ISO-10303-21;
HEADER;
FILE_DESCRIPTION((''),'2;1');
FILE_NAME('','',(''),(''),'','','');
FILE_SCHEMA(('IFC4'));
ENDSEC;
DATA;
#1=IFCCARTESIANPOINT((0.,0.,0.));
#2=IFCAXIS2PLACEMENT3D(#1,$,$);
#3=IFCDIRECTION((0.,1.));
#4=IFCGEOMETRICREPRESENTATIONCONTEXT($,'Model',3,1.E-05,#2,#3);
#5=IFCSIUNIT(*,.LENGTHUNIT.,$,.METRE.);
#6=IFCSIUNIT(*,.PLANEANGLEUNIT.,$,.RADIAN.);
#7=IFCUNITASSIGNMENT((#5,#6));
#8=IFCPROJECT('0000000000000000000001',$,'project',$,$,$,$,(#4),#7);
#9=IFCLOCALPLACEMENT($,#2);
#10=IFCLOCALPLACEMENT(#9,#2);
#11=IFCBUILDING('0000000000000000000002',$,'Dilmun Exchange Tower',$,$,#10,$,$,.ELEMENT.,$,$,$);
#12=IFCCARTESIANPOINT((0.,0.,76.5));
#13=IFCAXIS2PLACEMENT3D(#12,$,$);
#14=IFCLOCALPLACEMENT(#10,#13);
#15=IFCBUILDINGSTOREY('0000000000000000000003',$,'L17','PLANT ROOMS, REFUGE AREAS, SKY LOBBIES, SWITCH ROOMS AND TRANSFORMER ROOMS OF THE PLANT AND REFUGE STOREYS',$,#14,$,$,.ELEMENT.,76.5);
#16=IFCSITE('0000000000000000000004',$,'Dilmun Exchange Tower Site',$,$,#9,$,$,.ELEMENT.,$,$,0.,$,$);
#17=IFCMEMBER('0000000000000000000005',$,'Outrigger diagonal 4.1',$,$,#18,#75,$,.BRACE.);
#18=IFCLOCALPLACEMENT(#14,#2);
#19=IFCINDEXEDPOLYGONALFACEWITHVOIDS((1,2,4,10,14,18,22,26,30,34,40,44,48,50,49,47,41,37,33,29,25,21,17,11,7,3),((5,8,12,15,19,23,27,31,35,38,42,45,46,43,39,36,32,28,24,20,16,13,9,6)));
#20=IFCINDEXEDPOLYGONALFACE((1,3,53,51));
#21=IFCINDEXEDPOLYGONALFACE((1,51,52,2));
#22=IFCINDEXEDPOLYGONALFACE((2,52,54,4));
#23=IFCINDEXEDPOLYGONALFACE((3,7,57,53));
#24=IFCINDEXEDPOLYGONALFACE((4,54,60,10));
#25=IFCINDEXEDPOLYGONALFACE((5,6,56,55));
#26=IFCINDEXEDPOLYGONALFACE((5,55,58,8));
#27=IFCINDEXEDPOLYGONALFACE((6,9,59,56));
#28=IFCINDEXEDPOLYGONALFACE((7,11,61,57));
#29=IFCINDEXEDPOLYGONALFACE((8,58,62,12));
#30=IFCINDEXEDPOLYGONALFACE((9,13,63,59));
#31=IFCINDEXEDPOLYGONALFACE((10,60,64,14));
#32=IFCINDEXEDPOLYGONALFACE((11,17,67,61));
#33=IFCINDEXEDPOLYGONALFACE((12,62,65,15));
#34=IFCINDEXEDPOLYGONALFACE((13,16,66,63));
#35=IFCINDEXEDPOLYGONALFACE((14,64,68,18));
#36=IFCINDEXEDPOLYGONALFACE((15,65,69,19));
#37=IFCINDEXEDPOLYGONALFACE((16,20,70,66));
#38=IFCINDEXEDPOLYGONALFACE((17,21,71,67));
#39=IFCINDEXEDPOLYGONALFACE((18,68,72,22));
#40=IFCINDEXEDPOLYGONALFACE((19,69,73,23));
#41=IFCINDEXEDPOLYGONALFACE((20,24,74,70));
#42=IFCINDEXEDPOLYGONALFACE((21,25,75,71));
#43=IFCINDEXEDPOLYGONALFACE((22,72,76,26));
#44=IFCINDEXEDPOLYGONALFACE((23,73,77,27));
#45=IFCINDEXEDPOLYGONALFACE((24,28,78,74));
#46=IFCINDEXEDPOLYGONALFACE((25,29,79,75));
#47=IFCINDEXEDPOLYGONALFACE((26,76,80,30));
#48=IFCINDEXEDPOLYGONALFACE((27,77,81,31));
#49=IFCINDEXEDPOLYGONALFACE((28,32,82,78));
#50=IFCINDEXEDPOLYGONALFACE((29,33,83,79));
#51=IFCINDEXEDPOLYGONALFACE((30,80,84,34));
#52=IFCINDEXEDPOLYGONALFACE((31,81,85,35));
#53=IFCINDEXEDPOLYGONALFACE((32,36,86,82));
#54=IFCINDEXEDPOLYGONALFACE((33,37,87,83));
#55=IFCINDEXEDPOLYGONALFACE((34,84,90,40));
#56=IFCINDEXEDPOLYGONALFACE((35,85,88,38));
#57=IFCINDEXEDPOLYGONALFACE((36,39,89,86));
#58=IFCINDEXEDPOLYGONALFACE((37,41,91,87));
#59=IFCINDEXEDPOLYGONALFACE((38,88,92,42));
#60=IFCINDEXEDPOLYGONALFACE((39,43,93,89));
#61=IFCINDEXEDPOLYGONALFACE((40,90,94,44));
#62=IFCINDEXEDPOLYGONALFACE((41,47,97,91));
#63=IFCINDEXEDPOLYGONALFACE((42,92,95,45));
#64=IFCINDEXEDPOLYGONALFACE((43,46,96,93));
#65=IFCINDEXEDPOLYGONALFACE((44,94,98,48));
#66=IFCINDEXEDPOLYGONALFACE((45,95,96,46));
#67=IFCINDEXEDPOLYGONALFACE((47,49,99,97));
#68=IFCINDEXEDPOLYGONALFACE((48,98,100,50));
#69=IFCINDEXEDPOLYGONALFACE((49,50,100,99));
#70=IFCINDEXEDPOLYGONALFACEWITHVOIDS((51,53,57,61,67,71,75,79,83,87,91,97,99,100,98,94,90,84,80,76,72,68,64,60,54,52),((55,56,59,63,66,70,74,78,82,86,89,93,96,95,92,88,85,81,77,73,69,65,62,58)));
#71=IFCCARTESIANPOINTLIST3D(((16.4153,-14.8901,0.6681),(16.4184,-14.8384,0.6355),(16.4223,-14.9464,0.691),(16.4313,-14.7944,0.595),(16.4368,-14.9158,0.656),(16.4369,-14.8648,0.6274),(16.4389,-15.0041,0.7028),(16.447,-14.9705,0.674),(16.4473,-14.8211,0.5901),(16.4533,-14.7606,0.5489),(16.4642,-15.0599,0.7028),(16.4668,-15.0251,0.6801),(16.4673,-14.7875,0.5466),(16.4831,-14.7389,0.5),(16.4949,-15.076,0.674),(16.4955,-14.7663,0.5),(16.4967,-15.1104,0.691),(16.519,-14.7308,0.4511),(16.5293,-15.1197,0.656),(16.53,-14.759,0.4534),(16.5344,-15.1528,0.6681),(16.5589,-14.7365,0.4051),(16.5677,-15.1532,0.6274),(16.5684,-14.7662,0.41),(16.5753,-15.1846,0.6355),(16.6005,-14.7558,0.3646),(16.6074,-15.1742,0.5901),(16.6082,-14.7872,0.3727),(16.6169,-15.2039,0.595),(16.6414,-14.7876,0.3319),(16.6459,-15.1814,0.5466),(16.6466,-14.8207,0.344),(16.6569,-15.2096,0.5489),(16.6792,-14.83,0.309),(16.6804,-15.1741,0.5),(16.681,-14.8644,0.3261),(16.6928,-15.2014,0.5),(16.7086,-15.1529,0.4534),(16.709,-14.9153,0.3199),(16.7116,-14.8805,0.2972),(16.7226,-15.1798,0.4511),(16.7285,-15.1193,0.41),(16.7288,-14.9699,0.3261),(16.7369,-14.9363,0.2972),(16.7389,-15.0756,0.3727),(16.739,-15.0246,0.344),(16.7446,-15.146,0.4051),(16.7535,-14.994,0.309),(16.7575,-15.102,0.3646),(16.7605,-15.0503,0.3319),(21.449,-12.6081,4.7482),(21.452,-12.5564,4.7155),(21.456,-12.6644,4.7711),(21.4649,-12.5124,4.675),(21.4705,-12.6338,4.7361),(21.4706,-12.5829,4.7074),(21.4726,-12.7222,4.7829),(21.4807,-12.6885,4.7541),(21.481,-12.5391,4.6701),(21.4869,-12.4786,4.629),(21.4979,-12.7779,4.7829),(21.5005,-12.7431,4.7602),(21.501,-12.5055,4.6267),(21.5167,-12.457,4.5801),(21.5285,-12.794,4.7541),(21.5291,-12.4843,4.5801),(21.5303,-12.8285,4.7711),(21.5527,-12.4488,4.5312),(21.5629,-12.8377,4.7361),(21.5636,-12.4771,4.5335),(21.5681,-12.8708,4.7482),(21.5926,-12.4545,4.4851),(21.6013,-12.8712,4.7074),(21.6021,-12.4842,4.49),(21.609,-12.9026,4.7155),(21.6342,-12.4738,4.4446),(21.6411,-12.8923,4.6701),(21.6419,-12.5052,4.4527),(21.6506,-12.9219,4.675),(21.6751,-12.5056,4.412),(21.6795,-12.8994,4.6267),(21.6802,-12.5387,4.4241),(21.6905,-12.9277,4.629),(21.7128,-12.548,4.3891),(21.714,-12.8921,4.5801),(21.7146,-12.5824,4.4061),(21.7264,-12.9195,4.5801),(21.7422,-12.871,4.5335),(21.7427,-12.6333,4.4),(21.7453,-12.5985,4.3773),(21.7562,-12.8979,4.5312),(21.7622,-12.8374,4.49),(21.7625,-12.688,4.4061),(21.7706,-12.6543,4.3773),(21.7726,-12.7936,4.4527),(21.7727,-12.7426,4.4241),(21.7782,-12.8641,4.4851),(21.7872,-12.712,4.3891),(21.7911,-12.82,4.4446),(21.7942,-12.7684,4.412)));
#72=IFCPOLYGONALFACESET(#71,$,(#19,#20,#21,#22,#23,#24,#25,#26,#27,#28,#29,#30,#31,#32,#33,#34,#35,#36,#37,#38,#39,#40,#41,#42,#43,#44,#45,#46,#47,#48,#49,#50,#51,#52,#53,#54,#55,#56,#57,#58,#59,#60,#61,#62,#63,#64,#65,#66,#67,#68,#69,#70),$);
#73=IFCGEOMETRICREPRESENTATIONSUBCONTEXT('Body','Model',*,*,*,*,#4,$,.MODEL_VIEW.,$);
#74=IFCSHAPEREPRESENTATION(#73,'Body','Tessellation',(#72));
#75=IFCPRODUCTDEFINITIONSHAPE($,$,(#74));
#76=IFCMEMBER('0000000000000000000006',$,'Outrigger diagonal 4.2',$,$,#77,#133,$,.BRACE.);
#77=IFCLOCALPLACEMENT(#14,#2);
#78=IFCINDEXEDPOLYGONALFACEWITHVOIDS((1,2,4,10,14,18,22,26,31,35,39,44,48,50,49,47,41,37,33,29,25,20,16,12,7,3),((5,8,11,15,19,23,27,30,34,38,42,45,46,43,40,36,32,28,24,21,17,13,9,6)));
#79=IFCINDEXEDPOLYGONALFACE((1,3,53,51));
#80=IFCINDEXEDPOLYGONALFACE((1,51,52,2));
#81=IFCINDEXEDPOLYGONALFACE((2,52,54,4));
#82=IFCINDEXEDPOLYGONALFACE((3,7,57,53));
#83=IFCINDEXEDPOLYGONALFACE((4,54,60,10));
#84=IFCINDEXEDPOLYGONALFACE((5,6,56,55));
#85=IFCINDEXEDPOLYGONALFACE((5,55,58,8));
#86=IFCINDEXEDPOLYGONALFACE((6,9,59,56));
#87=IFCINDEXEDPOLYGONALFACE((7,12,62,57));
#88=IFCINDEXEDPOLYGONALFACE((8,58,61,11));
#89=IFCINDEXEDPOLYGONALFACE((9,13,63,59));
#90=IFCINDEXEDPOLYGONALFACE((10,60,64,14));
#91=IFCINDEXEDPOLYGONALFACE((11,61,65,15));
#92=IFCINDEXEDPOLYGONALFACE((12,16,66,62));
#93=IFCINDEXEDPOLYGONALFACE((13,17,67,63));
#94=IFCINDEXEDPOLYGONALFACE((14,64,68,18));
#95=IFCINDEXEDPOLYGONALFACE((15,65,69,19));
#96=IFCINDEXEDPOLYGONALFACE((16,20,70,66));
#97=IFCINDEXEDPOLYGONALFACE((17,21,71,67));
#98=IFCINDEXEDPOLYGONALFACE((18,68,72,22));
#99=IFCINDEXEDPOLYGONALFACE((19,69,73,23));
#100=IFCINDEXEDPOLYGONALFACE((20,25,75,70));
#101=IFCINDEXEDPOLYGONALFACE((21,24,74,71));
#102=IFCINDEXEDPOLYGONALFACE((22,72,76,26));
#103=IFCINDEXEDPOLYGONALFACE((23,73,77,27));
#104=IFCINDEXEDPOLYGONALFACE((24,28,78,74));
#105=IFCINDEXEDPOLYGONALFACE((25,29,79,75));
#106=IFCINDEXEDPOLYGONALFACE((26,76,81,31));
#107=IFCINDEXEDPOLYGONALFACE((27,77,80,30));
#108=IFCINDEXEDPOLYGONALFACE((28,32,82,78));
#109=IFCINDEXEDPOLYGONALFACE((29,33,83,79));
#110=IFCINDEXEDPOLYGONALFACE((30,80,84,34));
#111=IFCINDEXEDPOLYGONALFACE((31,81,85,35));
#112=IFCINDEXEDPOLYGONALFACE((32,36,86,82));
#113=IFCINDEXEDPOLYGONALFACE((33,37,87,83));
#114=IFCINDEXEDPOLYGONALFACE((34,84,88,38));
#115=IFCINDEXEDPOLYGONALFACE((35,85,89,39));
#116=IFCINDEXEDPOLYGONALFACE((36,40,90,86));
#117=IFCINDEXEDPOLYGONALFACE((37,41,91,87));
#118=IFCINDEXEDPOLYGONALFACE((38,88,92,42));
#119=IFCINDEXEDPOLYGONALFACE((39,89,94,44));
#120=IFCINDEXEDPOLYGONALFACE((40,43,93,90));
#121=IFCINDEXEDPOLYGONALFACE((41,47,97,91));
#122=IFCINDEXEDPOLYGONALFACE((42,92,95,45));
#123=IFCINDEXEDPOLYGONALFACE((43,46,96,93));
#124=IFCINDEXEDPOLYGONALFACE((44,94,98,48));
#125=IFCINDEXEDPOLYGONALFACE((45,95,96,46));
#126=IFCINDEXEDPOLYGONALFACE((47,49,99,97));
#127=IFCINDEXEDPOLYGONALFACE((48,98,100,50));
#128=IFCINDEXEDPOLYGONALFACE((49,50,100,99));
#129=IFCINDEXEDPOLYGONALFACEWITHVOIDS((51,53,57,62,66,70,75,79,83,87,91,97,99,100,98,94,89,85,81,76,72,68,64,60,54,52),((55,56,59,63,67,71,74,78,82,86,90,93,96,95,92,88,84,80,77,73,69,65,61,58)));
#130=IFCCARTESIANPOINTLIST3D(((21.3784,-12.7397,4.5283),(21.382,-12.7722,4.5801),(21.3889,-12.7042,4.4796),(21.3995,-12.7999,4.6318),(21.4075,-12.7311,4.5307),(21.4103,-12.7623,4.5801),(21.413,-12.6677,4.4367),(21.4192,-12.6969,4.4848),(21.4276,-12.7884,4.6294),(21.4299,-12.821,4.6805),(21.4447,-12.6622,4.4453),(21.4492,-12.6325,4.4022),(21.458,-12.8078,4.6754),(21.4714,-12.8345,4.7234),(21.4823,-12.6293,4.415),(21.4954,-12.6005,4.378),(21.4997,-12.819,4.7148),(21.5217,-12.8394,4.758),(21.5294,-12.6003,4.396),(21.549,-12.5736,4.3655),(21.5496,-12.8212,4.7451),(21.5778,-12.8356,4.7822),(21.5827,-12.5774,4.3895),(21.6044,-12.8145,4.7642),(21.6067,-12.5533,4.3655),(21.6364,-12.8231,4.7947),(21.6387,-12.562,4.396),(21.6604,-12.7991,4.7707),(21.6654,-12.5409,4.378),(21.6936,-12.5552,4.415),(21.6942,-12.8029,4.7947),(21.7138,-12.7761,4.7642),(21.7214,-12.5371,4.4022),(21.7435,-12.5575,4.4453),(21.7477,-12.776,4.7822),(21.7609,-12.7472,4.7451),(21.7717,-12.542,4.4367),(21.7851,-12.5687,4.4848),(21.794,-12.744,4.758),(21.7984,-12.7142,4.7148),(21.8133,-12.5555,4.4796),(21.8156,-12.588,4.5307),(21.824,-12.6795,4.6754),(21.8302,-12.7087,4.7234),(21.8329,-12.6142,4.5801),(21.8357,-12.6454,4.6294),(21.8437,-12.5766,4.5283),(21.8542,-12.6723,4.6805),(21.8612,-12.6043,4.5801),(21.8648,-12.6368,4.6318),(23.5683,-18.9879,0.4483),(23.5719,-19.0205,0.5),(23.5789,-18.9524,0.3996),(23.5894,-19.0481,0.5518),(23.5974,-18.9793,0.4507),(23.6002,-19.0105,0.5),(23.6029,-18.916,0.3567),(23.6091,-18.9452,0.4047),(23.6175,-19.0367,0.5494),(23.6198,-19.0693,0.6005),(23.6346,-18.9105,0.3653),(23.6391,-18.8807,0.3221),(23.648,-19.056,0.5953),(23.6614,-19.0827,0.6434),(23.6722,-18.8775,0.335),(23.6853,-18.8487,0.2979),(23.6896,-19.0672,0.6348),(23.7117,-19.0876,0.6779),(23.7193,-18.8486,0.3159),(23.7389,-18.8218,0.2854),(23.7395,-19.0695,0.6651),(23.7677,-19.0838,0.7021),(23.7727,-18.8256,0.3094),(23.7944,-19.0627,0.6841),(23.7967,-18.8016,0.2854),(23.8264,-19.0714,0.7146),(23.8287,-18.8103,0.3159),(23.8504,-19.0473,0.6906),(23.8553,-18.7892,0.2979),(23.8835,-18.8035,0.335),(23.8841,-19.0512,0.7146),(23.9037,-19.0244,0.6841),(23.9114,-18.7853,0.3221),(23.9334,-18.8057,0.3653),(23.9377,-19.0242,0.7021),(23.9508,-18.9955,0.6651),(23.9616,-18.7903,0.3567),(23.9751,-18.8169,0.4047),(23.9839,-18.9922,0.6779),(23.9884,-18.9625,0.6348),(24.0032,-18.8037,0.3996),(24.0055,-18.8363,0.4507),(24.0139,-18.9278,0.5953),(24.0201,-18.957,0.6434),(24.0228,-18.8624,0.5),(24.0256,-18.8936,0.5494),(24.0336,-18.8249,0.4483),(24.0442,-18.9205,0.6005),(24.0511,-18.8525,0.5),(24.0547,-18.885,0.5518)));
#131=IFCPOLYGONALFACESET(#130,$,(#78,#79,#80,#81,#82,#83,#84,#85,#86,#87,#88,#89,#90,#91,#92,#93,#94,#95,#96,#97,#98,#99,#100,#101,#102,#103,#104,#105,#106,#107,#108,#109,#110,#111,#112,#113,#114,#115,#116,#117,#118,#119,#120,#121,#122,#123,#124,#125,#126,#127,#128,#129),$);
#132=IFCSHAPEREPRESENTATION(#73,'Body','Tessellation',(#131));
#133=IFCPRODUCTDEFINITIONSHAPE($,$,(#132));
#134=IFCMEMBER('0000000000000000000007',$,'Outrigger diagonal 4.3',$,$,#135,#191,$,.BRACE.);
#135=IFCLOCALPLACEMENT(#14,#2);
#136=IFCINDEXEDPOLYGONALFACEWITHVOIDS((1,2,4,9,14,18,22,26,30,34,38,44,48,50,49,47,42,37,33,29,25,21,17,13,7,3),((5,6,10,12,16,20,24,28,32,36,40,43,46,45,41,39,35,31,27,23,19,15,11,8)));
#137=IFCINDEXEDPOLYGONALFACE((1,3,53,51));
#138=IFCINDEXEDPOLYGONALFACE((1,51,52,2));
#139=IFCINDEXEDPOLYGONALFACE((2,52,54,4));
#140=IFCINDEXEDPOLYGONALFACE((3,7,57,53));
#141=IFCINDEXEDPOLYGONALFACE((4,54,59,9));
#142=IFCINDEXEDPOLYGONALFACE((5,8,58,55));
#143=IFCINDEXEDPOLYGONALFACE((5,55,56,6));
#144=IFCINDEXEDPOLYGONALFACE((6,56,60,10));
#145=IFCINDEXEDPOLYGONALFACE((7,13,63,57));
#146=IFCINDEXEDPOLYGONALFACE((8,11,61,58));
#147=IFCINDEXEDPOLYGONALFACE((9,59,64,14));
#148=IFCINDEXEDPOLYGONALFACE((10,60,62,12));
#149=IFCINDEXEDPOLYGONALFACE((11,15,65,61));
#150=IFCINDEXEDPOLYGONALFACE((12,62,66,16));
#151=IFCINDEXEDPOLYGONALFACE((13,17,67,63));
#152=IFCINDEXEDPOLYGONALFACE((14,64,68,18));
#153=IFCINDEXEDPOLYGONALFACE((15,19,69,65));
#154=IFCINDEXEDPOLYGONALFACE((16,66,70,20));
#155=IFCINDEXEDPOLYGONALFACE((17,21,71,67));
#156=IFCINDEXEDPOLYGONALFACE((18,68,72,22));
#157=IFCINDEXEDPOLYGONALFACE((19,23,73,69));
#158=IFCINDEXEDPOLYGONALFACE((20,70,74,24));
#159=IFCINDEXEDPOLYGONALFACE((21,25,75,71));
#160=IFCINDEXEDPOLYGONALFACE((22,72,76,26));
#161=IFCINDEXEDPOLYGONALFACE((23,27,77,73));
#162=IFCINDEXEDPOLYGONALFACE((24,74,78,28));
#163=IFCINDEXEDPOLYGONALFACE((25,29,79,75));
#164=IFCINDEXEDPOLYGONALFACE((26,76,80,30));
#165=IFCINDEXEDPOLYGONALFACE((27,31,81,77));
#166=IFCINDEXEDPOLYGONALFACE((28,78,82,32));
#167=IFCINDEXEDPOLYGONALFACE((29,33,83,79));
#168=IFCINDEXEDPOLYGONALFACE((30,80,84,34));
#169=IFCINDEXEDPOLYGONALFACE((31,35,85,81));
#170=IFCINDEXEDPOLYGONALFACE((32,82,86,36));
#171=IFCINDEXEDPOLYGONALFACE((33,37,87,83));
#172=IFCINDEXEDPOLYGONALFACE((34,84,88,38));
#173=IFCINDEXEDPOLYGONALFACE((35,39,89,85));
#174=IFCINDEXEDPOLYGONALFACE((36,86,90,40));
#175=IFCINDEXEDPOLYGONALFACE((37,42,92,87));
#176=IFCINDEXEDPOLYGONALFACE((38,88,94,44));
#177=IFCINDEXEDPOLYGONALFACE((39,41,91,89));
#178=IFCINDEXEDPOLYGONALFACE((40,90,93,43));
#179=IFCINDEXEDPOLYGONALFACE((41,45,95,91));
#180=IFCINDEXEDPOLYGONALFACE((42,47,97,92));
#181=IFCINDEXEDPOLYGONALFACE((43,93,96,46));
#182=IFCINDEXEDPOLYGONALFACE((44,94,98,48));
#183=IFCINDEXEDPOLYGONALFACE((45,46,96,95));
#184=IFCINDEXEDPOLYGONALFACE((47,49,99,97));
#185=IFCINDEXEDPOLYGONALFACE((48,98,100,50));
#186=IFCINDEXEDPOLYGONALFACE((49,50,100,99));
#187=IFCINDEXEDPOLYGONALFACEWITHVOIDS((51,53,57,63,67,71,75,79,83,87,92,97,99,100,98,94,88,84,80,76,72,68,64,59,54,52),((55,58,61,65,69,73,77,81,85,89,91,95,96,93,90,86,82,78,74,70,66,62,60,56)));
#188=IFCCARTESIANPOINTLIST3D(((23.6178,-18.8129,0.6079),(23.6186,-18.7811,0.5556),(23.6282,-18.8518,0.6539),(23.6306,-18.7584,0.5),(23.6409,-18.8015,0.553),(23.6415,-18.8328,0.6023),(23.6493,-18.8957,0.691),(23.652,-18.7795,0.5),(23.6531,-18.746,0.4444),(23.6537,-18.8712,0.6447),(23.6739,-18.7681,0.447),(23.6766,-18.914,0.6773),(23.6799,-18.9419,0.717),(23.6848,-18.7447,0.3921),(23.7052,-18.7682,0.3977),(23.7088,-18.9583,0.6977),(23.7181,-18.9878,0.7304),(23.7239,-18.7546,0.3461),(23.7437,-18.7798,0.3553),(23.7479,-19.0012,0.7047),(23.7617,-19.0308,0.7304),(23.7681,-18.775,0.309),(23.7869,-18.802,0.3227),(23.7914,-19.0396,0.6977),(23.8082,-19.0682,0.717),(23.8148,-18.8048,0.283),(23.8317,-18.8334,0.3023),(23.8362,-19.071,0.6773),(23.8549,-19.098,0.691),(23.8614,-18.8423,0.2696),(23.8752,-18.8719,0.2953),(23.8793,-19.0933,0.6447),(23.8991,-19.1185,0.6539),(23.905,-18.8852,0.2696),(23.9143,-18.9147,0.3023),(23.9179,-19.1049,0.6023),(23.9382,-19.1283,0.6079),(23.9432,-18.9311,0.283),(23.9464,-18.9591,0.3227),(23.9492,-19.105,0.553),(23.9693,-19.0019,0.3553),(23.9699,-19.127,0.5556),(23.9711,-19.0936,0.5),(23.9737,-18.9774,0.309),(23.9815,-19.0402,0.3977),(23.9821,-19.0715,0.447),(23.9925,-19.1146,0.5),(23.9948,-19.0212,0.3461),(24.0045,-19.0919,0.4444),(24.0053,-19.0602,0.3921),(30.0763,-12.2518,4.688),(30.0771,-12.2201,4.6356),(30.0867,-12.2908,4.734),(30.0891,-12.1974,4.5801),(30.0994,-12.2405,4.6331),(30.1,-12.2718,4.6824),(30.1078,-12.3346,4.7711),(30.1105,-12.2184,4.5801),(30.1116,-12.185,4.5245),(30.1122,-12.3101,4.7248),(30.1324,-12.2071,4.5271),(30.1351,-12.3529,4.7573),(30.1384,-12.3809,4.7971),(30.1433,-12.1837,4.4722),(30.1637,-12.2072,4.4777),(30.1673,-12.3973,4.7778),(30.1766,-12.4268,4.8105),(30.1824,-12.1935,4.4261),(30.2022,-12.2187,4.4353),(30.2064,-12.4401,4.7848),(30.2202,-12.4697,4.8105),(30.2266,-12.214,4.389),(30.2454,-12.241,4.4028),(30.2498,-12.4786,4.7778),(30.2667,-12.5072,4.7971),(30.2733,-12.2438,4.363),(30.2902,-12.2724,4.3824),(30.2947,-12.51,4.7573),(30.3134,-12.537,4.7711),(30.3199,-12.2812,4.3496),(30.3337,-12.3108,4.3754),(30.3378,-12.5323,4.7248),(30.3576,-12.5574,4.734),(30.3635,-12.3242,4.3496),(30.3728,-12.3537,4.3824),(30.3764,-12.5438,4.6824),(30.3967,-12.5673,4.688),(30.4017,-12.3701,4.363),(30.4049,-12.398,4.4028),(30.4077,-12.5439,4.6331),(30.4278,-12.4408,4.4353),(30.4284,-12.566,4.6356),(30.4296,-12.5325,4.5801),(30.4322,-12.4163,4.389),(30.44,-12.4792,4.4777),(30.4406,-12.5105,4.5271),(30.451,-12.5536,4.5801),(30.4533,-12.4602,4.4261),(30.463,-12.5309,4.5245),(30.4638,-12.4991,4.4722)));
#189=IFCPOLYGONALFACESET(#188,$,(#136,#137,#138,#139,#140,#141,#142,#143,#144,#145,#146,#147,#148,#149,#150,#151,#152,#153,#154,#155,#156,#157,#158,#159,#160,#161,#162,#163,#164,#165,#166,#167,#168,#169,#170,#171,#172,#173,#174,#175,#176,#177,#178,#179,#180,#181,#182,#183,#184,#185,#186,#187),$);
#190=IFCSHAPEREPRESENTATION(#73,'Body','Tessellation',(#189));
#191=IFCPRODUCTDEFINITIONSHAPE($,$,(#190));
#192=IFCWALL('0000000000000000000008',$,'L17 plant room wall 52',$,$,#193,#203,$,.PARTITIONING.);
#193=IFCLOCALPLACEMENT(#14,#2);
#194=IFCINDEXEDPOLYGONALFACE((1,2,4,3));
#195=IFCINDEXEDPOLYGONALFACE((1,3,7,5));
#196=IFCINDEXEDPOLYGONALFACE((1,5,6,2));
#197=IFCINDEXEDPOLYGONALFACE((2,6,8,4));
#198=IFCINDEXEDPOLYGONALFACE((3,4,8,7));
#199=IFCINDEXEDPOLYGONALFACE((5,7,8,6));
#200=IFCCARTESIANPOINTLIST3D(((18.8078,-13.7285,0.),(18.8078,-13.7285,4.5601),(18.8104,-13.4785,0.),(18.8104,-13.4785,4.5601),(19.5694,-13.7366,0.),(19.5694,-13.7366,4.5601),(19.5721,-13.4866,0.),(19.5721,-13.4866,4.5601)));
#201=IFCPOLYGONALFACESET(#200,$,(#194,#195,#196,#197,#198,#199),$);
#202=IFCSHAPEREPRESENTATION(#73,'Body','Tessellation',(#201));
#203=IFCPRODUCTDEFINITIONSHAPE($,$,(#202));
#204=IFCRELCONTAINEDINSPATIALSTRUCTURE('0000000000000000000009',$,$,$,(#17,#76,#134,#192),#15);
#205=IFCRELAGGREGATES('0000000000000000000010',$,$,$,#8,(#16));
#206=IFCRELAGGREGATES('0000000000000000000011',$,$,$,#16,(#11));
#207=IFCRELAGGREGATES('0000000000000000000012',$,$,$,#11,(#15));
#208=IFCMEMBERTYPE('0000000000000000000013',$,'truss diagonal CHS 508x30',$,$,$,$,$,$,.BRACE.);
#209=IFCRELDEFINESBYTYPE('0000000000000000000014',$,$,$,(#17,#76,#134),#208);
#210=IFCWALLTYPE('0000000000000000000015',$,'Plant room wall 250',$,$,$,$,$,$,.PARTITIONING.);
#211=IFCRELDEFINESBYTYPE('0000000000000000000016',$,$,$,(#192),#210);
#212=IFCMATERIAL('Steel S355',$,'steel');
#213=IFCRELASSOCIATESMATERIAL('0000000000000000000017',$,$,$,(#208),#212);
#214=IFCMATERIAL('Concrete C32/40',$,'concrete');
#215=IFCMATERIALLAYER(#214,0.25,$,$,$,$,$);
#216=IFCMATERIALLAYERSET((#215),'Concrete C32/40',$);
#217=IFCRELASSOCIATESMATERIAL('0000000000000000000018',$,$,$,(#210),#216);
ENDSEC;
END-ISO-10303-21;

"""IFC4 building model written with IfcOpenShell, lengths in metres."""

from ifc_helpers import new_model, si_unit, direction, frame, frame_2d, origin, origin_2d, place, context, subcontext, project, spatial, rectangle, hollow_circle, extrude, material, layer, layer_set, material_profile, profile_set, type_object, element, save


model = new_model("IFC4")

# Units and contexts
model_context = context("Model", 3, precision=1e-05, world=origin(), true_north=direction((0.0, 1.0)))
body_context = subcontext(model_context, "Body", "Model", "MODEL_VIEW")
ifc_project = project(units=[si_unit("LENGTHUNIT", "METRE"), si_unit("PLANEANGLEUNIT", "RADIAN")], contexts=[model_context])

# Site, building, storey
site_placement = place(None, origin())
site = spatial("IfcSite", under=ifc_project, at=site_placement, Name="Dilmun Exchange Tower Site", CompositionType="ELEMENT", RefElevation=0.0)
building_placement = place(site_placement, origin())
building = spatial("IfcBuilding", under=site, at=building_placement, Name="Dilmun Exchange Tower", CompositionType="ELEMENT")
storey_placement = place(building_placement, frame((0.0, 0.0, 76.5)))
storey = spatial("IfcBuildingStorey", under=building, at=storey_placement, Name="L17", Description="PLANT ROOMS, REFUGE AREAS, SKY LOBBIES, SWITCH ROOMS AND TRANSFORMER ROOMS OF THE PLANT AND REFUGE STOREYS", CompositionType="ELEMENT", Elevation=76.5)

# Shared definitions
ifc_material_1 = material(Name="Steel S355", Category="steel")

# Members
ifc_material_profile_1 = material_profile(ifc_material_1, hollow_circle(Radius=0.2539, WallThickness=0.03, at=origin_2d()), Name="CHS 508x30")
ifc_profile_set_1 = profile_set([ifc_material_profile_1], Name="Steel S355")
member_type_1 = type_object("IfcMemberType", Name="truss diagonal CHS 508x30", PredefinedType="BRACE", material=ifc_profile_set_1)
member_1_placement = place(storey_placement, frame((21.6216, -12.6882, 4.5801), z_axis=(-0.73274, -0.332182, -0.593925), x_axis=(0.412894, -0.910779, 0.0)))
element("IfcMember", 1, at=member_1_placement, inside=storey, type_object=member_type_1, Name="Outrigger diagonal 4.1", PredefinedType="BRACE", context=body_context, shape_type="SweptSolid", body=[
    extrude(hollow_circle(Radius=0.2539, WallThickness=0.03, at=origin_2d()), origin(), (0.0, 0.0, 1.0), 6.8696),
])
member_2_placement = place(storey_placement, frame((21.6216, -12.6882, 4.5801), z_axis=(0.281587, -0.803417, -0.524624), x_axis=(0.943715, 0.330759, 0.0)))
element("IfcMember", 2, at=member_2_placement, inside=storey, type_object=member_type_1, Name="Outrigger diagonal 4.2", PredefinedType="BRACE", context=body_context, shape_type="SweptSolid", body=[
    extrude(hollow_circle(Radius=0.2539, WallThickness=0.03, at=origin_2d()), origin(), (0.0, 0.0, 1.0), 7.7771),
])
member_3_placement = place(storey_placement, frame((30.27, -12.3755, 4.5801), z_axis=(-0.641355, -0.651538, -0.405169), x_axis=(0.712654, -0.701516, 0.0)))
element("IfcMember", 3, at=member_3_placement, inside=storey, type_object=member_type_1, Name="Outrigger diagonal 4.3", PredefinedType="BRACE", context=body_context, shape_type="SweptSolid", body=[
    extrude(hollow_circle(Radius=0.2539, WallThickness=0.03, at=origin_2d()), origin(), (0.0, 0.0, 1.0), 10.0701),
])

# Wall
ifc_material_2 = material(Name="Concrete C32/40", Category="concrete")
ifc_layer_1 = layer(ifc_material_2, 0.25)
ifc_layer_set_1 = layer_set([ifc_layer_1], Name="Concrete C32/40")
wall_type = type_object("IfcWallType", Name="Plant room wall 250", PredefinedType="PARTITIONING", material=ifc_layer_set_1)
wall_1_placement = place(storey_placement, frame((18.8091, -13.6035, 0.0), z_axis=(0.0, 0.0, 1.0), x_axis=(0.999944, -0.010576, 0.0)))
element("IfcWall", 4, at=wall_1_placement, inside=storey, type_object=wall_type, Name="L17 plant room wall 52", PredefinedType="PARTITIONING", context=body_context, shape_type="SweptSolid", body=[
    extrude(rectangle(XDim=0.7617, YDim=0.25, at=frame_2d((0.3809, 0.0))), origin(), (0.0, 0.0, 1.0), 4.5601),
])

save(model, "model.ifc")
